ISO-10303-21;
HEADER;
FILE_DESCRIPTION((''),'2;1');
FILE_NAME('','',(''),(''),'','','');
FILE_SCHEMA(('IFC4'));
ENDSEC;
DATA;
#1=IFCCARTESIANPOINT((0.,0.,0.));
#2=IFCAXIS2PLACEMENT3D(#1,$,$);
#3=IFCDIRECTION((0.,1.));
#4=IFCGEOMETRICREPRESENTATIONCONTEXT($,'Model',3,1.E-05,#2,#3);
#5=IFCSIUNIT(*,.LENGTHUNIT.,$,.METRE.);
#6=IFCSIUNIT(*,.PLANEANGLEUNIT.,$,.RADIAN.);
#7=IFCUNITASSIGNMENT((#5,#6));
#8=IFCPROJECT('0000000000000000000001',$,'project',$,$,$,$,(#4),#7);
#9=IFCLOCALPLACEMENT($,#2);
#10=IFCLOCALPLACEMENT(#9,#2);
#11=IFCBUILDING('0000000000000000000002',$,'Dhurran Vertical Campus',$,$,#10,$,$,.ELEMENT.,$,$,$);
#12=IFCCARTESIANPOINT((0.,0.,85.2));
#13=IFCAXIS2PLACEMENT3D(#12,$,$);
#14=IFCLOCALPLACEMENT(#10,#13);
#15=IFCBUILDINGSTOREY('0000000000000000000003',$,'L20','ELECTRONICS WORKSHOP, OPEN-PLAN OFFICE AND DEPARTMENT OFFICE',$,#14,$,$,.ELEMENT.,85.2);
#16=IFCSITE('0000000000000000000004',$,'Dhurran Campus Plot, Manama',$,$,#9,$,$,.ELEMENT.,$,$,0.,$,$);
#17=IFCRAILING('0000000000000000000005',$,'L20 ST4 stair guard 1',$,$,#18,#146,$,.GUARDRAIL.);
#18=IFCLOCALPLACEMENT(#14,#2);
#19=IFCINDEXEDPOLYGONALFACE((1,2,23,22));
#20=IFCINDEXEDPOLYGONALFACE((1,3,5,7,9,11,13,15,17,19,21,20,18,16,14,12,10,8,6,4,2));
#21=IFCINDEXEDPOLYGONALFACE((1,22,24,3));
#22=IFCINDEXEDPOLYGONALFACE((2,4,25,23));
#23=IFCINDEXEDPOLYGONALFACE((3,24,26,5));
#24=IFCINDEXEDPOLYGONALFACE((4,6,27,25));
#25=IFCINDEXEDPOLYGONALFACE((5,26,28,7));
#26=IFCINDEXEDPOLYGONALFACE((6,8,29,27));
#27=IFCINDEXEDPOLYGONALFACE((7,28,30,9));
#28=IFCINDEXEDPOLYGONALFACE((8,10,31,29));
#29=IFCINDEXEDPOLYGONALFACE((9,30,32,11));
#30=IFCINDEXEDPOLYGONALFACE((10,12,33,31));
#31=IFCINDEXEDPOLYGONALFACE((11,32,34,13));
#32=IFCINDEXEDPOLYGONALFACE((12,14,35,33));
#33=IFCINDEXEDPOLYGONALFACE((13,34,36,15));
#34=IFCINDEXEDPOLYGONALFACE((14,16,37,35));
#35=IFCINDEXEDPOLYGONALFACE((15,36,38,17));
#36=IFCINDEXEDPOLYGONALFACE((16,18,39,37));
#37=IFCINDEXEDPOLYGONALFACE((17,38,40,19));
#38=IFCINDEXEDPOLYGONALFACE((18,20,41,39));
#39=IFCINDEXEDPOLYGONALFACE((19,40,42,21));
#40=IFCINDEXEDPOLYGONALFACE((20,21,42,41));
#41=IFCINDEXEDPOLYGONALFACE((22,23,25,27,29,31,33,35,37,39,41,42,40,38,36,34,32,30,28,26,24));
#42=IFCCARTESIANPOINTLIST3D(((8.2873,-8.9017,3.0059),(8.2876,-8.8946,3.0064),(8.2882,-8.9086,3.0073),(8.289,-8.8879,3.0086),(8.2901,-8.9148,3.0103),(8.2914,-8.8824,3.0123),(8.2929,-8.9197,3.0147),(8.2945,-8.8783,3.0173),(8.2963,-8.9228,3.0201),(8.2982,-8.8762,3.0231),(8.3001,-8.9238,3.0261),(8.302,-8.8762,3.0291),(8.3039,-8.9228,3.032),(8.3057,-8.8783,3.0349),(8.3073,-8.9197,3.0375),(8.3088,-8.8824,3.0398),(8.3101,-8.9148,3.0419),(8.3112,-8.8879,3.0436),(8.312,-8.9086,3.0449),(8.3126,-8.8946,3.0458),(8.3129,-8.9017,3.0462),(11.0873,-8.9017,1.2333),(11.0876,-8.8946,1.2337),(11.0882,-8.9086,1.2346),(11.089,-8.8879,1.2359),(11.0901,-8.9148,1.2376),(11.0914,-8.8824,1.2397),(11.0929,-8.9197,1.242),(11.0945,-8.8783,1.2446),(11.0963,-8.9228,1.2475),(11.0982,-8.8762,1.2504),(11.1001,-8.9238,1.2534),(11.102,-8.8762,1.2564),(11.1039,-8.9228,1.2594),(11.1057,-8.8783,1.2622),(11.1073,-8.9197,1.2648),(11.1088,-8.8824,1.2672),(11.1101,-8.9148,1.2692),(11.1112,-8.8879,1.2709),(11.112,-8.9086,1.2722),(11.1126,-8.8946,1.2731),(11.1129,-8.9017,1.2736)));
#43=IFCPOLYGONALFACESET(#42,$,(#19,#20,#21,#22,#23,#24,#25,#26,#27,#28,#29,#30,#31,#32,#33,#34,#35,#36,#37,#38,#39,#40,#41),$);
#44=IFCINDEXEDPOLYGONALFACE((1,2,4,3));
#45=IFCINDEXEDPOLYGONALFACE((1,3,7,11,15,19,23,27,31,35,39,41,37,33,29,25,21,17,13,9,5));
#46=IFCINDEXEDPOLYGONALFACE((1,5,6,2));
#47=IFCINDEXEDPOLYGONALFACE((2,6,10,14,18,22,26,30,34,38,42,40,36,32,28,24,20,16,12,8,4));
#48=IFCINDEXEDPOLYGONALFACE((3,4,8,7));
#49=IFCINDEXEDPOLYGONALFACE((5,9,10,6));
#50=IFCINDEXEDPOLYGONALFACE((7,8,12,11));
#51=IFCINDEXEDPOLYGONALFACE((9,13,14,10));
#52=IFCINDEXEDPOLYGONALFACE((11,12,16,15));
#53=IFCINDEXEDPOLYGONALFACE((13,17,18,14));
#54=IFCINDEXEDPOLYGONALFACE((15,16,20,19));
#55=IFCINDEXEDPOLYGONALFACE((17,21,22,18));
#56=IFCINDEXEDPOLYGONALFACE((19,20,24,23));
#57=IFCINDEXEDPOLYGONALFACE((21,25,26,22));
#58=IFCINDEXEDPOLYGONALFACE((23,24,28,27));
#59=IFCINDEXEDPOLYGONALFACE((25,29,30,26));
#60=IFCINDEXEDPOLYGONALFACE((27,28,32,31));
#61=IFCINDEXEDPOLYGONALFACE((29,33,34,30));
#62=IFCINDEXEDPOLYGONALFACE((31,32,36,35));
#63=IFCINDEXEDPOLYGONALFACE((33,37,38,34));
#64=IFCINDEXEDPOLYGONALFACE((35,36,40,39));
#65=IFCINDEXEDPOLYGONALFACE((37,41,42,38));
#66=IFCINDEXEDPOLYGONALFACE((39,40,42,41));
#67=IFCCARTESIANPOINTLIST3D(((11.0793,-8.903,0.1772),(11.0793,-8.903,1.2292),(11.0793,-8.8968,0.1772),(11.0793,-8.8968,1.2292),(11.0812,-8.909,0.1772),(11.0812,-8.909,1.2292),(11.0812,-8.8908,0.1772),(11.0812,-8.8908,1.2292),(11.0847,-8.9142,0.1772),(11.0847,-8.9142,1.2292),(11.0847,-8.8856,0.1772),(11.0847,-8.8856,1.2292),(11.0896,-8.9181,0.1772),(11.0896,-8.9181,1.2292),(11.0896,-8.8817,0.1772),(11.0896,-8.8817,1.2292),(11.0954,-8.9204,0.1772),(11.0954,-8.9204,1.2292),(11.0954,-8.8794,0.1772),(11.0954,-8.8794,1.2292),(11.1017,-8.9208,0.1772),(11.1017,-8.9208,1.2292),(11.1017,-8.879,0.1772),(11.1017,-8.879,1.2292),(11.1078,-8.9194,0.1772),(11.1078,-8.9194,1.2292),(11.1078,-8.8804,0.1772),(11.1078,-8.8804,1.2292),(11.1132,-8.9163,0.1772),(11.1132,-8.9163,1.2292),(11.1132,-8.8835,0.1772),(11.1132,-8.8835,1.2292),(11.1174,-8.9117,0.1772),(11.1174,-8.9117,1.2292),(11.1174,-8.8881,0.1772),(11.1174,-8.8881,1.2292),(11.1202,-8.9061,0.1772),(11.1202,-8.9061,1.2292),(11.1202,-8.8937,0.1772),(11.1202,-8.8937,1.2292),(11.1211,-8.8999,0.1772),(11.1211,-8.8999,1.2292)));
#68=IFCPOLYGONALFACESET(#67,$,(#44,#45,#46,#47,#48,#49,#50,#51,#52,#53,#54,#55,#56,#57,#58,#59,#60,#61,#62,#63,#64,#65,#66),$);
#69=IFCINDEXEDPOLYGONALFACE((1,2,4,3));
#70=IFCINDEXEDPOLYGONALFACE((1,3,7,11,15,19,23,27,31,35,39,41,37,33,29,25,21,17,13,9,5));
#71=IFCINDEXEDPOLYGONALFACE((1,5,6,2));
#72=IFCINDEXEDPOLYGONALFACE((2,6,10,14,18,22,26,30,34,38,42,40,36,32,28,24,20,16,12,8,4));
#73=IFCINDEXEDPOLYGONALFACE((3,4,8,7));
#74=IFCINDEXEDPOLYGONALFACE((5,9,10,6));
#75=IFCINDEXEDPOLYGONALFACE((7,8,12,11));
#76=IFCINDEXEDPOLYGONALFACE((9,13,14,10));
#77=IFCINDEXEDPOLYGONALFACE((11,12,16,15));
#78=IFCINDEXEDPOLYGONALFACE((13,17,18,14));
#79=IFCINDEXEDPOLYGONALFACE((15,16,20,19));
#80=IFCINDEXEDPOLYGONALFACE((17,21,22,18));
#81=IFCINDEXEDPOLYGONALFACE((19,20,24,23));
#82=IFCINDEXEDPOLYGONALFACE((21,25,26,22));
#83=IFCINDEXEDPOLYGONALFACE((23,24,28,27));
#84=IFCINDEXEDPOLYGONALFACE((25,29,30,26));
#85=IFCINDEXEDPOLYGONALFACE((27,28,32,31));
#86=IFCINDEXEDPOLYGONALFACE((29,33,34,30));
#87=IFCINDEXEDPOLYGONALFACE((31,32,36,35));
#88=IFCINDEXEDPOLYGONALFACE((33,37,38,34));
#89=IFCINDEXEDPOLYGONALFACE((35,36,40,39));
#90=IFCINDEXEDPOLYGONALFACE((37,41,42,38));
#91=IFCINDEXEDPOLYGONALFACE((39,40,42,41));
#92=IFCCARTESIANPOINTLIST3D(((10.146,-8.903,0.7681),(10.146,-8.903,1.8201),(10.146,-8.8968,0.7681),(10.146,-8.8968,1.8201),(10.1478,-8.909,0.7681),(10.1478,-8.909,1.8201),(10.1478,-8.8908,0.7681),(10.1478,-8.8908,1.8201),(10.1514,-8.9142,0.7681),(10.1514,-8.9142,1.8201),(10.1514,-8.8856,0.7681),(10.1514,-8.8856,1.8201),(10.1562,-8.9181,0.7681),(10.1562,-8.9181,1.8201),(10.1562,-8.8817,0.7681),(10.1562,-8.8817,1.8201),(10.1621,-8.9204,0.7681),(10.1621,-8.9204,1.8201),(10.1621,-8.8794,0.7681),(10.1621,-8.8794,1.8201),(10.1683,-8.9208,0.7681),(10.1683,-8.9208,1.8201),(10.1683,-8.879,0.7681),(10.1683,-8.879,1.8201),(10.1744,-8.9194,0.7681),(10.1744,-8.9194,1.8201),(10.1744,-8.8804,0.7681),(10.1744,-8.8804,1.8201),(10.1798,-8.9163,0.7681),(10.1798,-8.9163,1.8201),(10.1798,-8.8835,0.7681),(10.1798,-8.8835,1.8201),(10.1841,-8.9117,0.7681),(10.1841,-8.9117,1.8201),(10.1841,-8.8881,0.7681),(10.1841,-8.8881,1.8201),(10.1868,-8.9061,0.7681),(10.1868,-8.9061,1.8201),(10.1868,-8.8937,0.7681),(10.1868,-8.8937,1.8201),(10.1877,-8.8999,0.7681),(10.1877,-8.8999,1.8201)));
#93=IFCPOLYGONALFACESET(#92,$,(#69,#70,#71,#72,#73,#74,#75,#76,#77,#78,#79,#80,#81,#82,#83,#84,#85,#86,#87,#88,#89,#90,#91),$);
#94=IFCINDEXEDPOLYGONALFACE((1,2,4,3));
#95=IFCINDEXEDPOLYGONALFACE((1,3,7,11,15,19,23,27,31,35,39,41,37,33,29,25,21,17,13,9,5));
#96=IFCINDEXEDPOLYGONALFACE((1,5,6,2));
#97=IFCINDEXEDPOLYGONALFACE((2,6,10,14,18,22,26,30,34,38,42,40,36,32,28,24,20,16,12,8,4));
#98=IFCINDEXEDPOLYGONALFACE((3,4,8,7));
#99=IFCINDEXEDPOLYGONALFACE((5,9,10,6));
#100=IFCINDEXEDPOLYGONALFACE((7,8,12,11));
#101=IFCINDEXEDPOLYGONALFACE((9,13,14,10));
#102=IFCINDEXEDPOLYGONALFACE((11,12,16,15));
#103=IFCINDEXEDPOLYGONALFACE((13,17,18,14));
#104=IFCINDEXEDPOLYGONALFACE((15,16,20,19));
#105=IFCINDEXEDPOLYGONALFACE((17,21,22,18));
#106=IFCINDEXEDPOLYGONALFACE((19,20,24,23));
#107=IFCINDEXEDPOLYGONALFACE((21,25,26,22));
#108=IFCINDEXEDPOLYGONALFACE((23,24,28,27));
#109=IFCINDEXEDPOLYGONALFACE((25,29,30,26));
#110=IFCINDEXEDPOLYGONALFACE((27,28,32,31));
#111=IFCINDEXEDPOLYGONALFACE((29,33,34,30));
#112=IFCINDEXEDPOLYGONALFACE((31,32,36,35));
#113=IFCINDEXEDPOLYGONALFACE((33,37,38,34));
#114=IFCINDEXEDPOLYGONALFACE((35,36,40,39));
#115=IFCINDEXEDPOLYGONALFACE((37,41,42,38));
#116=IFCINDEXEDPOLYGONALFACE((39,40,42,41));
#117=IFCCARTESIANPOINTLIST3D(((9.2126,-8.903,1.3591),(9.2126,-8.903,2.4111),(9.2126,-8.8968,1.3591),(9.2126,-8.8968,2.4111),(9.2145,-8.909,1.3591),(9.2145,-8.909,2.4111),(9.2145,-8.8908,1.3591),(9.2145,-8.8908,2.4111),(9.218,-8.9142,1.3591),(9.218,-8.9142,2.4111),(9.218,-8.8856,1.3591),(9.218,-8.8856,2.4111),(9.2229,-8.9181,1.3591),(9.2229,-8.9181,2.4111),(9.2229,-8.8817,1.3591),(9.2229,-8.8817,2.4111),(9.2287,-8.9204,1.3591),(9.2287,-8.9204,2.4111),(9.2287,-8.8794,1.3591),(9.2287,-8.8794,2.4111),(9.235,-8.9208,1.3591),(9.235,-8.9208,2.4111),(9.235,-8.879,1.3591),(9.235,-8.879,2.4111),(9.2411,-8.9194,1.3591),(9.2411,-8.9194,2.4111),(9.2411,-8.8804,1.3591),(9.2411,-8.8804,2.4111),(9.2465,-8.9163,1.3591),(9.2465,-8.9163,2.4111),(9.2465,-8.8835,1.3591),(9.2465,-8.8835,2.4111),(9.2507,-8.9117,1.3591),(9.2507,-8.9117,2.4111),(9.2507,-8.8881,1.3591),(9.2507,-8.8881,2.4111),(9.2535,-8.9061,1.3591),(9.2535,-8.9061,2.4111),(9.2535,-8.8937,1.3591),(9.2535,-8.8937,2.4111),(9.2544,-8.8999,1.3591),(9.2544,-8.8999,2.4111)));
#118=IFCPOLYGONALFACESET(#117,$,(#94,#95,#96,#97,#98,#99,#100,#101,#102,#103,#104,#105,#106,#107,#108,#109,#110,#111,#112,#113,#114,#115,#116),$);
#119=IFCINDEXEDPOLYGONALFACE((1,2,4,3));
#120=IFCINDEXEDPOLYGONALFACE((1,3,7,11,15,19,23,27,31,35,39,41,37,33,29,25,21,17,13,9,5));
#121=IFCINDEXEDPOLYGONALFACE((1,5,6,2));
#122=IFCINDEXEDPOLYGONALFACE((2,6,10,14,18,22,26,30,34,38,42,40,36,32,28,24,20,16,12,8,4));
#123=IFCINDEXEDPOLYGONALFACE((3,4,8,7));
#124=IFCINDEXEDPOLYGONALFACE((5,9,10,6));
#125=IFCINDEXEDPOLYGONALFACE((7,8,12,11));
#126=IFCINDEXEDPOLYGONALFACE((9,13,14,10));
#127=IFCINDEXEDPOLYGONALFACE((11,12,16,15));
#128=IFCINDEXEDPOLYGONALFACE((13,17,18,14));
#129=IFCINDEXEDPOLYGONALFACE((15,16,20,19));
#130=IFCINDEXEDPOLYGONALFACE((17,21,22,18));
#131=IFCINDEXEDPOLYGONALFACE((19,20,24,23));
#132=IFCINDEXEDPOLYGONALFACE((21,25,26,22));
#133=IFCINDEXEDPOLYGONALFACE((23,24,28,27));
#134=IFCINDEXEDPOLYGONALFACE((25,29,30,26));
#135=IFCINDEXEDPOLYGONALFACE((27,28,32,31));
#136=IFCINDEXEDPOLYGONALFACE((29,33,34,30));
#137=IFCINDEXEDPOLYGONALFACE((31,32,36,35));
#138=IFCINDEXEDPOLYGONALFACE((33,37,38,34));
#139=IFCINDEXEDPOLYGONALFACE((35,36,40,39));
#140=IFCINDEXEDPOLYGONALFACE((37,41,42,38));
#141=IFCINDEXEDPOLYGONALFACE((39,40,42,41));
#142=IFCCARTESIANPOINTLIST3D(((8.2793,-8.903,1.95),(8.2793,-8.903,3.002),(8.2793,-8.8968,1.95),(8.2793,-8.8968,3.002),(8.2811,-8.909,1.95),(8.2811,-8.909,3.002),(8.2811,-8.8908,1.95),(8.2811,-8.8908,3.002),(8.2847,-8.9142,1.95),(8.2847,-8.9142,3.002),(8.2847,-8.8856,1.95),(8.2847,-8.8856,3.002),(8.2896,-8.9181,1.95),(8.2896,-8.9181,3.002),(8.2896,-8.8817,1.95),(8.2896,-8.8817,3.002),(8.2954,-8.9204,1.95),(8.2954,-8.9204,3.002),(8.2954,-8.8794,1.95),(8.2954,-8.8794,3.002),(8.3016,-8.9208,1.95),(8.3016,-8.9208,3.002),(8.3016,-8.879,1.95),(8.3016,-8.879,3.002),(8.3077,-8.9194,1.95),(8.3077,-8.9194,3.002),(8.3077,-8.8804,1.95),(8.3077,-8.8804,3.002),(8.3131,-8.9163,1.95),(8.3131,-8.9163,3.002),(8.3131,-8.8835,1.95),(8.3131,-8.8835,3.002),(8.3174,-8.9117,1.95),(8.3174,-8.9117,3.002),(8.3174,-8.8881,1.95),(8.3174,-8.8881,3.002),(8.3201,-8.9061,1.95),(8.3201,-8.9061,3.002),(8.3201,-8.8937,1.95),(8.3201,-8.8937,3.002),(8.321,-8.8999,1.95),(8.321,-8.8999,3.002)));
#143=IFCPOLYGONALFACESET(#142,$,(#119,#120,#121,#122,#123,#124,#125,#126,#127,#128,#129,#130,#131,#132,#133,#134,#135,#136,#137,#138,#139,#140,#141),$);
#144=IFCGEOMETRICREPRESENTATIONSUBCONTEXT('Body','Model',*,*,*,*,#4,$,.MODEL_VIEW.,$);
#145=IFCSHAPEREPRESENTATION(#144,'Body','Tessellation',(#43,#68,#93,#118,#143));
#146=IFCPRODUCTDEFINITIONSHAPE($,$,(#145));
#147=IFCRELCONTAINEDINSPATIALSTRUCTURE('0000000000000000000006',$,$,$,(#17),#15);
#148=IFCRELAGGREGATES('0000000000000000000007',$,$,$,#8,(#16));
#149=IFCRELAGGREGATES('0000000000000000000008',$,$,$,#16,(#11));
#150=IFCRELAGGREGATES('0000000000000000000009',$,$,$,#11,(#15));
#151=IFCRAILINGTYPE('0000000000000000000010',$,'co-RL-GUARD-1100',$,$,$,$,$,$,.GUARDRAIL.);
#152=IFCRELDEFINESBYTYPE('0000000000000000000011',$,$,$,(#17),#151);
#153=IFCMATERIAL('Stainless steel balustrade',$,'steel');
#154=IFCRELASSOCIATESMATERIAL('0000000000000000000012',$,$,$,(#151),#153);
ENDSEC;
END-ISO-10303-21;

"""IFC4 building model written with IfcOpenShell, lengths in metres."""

from ifc_helpers import new_model, si_unit, direction, frame, origin, origin_2d, place, context, subcontext, project, spatial, circle, extrude, material, type_object, element, save


model = new_model("IFC4")

# Units and contexts
model_context = context("Model", 3, precision=1e-05, world=origin(), true_north=direction((0.0, 1.0)))
body_context = subcontext(model_context, "Body", "Model", "MODEL_VIEW")
ifc_project = project(units=[si_unit("LENGTHUNIT", "METRE"), si_unit("PLANEANGLEUNIT", "RADIAN")], contexts=[model_context])

# Site, building, storey
site_placement = place(None, origin())
site = spatial("IfcSite", under=ifc_project, at=site_placement, Name="Dhurran Campus Plot, Manama", CompositionType="ELEMENT", RefElevation=0.0)
building_placement = place(site_placement, origin())
building = spatial("IfcBuilding", under=site, at=building_placement, Name="Dhurran Vertical Campus", CompositionType="ELEMENT")
storey_placement = place(building_placement, frame((0.0, 0.0, 85.2)))
storey = spatial("IfcBuildingStorey", under=building, at=storey_placement, Name="L20", Description="ELECTRONICS WORKSHOP, OPEN-PLAN OFFICE AND DEPARTMENT OFFICE", CompositionType="ELEMENT", Elevation=85.2)

# Railing
ifc_material_1 = material(Name="Stainless steel balustrade", Category="steel")
railing_type_1 = type_object("IfcRailingType", Name="co-RL-GUARD-1100", PredefinedType="GUARDRAIL", material=ifc_material_1)
railing_1_placement = place(storey_placement, frame((11.1001, -8.8999, 0.1772)))
element("IfcRailing", 1, at=railing_1_placement, inside=storey, type_object=railing_type_1, Name="L20 ST4 stair guard 1", PredefinedType="GUARDRAIL", context=body_context, shape_type="SweptSolid", body=[
    extrude(circle(Radius=0.0239, at=origin_2d()), frame((0.0, 0.0, 1.0762), z_axis=(-0.844909, 0.0, 0.53491), x_axis=(0.0, -1.0, 0.0)), (0.0, 0.0, 1.0), 3.314),
    extrude(circle(Radius=0.021, at=origin_2d()), origin(), (0.0, 0.0, 1.0), 1.052),
    extrude(circle(Radius=0.021, at=origin_2d()), frame((-0.9333, 0.0, 0.5908)), (0.0, 0.0, 1.0), 1.052),
    extrude(circle(Radius=0.021, at=origin_2d()), frame((-1.8667, 0.0, 1.1819)), (0.0, 0.0, 1.0), 1.052),
    extrude(circle(Radius=0.021, at=origin_2d()), frame((-2.8, 0.0, 1.7727)), (0.0, 0.0, 1.0), 1.052),
])

save(model, "model.ifc")
